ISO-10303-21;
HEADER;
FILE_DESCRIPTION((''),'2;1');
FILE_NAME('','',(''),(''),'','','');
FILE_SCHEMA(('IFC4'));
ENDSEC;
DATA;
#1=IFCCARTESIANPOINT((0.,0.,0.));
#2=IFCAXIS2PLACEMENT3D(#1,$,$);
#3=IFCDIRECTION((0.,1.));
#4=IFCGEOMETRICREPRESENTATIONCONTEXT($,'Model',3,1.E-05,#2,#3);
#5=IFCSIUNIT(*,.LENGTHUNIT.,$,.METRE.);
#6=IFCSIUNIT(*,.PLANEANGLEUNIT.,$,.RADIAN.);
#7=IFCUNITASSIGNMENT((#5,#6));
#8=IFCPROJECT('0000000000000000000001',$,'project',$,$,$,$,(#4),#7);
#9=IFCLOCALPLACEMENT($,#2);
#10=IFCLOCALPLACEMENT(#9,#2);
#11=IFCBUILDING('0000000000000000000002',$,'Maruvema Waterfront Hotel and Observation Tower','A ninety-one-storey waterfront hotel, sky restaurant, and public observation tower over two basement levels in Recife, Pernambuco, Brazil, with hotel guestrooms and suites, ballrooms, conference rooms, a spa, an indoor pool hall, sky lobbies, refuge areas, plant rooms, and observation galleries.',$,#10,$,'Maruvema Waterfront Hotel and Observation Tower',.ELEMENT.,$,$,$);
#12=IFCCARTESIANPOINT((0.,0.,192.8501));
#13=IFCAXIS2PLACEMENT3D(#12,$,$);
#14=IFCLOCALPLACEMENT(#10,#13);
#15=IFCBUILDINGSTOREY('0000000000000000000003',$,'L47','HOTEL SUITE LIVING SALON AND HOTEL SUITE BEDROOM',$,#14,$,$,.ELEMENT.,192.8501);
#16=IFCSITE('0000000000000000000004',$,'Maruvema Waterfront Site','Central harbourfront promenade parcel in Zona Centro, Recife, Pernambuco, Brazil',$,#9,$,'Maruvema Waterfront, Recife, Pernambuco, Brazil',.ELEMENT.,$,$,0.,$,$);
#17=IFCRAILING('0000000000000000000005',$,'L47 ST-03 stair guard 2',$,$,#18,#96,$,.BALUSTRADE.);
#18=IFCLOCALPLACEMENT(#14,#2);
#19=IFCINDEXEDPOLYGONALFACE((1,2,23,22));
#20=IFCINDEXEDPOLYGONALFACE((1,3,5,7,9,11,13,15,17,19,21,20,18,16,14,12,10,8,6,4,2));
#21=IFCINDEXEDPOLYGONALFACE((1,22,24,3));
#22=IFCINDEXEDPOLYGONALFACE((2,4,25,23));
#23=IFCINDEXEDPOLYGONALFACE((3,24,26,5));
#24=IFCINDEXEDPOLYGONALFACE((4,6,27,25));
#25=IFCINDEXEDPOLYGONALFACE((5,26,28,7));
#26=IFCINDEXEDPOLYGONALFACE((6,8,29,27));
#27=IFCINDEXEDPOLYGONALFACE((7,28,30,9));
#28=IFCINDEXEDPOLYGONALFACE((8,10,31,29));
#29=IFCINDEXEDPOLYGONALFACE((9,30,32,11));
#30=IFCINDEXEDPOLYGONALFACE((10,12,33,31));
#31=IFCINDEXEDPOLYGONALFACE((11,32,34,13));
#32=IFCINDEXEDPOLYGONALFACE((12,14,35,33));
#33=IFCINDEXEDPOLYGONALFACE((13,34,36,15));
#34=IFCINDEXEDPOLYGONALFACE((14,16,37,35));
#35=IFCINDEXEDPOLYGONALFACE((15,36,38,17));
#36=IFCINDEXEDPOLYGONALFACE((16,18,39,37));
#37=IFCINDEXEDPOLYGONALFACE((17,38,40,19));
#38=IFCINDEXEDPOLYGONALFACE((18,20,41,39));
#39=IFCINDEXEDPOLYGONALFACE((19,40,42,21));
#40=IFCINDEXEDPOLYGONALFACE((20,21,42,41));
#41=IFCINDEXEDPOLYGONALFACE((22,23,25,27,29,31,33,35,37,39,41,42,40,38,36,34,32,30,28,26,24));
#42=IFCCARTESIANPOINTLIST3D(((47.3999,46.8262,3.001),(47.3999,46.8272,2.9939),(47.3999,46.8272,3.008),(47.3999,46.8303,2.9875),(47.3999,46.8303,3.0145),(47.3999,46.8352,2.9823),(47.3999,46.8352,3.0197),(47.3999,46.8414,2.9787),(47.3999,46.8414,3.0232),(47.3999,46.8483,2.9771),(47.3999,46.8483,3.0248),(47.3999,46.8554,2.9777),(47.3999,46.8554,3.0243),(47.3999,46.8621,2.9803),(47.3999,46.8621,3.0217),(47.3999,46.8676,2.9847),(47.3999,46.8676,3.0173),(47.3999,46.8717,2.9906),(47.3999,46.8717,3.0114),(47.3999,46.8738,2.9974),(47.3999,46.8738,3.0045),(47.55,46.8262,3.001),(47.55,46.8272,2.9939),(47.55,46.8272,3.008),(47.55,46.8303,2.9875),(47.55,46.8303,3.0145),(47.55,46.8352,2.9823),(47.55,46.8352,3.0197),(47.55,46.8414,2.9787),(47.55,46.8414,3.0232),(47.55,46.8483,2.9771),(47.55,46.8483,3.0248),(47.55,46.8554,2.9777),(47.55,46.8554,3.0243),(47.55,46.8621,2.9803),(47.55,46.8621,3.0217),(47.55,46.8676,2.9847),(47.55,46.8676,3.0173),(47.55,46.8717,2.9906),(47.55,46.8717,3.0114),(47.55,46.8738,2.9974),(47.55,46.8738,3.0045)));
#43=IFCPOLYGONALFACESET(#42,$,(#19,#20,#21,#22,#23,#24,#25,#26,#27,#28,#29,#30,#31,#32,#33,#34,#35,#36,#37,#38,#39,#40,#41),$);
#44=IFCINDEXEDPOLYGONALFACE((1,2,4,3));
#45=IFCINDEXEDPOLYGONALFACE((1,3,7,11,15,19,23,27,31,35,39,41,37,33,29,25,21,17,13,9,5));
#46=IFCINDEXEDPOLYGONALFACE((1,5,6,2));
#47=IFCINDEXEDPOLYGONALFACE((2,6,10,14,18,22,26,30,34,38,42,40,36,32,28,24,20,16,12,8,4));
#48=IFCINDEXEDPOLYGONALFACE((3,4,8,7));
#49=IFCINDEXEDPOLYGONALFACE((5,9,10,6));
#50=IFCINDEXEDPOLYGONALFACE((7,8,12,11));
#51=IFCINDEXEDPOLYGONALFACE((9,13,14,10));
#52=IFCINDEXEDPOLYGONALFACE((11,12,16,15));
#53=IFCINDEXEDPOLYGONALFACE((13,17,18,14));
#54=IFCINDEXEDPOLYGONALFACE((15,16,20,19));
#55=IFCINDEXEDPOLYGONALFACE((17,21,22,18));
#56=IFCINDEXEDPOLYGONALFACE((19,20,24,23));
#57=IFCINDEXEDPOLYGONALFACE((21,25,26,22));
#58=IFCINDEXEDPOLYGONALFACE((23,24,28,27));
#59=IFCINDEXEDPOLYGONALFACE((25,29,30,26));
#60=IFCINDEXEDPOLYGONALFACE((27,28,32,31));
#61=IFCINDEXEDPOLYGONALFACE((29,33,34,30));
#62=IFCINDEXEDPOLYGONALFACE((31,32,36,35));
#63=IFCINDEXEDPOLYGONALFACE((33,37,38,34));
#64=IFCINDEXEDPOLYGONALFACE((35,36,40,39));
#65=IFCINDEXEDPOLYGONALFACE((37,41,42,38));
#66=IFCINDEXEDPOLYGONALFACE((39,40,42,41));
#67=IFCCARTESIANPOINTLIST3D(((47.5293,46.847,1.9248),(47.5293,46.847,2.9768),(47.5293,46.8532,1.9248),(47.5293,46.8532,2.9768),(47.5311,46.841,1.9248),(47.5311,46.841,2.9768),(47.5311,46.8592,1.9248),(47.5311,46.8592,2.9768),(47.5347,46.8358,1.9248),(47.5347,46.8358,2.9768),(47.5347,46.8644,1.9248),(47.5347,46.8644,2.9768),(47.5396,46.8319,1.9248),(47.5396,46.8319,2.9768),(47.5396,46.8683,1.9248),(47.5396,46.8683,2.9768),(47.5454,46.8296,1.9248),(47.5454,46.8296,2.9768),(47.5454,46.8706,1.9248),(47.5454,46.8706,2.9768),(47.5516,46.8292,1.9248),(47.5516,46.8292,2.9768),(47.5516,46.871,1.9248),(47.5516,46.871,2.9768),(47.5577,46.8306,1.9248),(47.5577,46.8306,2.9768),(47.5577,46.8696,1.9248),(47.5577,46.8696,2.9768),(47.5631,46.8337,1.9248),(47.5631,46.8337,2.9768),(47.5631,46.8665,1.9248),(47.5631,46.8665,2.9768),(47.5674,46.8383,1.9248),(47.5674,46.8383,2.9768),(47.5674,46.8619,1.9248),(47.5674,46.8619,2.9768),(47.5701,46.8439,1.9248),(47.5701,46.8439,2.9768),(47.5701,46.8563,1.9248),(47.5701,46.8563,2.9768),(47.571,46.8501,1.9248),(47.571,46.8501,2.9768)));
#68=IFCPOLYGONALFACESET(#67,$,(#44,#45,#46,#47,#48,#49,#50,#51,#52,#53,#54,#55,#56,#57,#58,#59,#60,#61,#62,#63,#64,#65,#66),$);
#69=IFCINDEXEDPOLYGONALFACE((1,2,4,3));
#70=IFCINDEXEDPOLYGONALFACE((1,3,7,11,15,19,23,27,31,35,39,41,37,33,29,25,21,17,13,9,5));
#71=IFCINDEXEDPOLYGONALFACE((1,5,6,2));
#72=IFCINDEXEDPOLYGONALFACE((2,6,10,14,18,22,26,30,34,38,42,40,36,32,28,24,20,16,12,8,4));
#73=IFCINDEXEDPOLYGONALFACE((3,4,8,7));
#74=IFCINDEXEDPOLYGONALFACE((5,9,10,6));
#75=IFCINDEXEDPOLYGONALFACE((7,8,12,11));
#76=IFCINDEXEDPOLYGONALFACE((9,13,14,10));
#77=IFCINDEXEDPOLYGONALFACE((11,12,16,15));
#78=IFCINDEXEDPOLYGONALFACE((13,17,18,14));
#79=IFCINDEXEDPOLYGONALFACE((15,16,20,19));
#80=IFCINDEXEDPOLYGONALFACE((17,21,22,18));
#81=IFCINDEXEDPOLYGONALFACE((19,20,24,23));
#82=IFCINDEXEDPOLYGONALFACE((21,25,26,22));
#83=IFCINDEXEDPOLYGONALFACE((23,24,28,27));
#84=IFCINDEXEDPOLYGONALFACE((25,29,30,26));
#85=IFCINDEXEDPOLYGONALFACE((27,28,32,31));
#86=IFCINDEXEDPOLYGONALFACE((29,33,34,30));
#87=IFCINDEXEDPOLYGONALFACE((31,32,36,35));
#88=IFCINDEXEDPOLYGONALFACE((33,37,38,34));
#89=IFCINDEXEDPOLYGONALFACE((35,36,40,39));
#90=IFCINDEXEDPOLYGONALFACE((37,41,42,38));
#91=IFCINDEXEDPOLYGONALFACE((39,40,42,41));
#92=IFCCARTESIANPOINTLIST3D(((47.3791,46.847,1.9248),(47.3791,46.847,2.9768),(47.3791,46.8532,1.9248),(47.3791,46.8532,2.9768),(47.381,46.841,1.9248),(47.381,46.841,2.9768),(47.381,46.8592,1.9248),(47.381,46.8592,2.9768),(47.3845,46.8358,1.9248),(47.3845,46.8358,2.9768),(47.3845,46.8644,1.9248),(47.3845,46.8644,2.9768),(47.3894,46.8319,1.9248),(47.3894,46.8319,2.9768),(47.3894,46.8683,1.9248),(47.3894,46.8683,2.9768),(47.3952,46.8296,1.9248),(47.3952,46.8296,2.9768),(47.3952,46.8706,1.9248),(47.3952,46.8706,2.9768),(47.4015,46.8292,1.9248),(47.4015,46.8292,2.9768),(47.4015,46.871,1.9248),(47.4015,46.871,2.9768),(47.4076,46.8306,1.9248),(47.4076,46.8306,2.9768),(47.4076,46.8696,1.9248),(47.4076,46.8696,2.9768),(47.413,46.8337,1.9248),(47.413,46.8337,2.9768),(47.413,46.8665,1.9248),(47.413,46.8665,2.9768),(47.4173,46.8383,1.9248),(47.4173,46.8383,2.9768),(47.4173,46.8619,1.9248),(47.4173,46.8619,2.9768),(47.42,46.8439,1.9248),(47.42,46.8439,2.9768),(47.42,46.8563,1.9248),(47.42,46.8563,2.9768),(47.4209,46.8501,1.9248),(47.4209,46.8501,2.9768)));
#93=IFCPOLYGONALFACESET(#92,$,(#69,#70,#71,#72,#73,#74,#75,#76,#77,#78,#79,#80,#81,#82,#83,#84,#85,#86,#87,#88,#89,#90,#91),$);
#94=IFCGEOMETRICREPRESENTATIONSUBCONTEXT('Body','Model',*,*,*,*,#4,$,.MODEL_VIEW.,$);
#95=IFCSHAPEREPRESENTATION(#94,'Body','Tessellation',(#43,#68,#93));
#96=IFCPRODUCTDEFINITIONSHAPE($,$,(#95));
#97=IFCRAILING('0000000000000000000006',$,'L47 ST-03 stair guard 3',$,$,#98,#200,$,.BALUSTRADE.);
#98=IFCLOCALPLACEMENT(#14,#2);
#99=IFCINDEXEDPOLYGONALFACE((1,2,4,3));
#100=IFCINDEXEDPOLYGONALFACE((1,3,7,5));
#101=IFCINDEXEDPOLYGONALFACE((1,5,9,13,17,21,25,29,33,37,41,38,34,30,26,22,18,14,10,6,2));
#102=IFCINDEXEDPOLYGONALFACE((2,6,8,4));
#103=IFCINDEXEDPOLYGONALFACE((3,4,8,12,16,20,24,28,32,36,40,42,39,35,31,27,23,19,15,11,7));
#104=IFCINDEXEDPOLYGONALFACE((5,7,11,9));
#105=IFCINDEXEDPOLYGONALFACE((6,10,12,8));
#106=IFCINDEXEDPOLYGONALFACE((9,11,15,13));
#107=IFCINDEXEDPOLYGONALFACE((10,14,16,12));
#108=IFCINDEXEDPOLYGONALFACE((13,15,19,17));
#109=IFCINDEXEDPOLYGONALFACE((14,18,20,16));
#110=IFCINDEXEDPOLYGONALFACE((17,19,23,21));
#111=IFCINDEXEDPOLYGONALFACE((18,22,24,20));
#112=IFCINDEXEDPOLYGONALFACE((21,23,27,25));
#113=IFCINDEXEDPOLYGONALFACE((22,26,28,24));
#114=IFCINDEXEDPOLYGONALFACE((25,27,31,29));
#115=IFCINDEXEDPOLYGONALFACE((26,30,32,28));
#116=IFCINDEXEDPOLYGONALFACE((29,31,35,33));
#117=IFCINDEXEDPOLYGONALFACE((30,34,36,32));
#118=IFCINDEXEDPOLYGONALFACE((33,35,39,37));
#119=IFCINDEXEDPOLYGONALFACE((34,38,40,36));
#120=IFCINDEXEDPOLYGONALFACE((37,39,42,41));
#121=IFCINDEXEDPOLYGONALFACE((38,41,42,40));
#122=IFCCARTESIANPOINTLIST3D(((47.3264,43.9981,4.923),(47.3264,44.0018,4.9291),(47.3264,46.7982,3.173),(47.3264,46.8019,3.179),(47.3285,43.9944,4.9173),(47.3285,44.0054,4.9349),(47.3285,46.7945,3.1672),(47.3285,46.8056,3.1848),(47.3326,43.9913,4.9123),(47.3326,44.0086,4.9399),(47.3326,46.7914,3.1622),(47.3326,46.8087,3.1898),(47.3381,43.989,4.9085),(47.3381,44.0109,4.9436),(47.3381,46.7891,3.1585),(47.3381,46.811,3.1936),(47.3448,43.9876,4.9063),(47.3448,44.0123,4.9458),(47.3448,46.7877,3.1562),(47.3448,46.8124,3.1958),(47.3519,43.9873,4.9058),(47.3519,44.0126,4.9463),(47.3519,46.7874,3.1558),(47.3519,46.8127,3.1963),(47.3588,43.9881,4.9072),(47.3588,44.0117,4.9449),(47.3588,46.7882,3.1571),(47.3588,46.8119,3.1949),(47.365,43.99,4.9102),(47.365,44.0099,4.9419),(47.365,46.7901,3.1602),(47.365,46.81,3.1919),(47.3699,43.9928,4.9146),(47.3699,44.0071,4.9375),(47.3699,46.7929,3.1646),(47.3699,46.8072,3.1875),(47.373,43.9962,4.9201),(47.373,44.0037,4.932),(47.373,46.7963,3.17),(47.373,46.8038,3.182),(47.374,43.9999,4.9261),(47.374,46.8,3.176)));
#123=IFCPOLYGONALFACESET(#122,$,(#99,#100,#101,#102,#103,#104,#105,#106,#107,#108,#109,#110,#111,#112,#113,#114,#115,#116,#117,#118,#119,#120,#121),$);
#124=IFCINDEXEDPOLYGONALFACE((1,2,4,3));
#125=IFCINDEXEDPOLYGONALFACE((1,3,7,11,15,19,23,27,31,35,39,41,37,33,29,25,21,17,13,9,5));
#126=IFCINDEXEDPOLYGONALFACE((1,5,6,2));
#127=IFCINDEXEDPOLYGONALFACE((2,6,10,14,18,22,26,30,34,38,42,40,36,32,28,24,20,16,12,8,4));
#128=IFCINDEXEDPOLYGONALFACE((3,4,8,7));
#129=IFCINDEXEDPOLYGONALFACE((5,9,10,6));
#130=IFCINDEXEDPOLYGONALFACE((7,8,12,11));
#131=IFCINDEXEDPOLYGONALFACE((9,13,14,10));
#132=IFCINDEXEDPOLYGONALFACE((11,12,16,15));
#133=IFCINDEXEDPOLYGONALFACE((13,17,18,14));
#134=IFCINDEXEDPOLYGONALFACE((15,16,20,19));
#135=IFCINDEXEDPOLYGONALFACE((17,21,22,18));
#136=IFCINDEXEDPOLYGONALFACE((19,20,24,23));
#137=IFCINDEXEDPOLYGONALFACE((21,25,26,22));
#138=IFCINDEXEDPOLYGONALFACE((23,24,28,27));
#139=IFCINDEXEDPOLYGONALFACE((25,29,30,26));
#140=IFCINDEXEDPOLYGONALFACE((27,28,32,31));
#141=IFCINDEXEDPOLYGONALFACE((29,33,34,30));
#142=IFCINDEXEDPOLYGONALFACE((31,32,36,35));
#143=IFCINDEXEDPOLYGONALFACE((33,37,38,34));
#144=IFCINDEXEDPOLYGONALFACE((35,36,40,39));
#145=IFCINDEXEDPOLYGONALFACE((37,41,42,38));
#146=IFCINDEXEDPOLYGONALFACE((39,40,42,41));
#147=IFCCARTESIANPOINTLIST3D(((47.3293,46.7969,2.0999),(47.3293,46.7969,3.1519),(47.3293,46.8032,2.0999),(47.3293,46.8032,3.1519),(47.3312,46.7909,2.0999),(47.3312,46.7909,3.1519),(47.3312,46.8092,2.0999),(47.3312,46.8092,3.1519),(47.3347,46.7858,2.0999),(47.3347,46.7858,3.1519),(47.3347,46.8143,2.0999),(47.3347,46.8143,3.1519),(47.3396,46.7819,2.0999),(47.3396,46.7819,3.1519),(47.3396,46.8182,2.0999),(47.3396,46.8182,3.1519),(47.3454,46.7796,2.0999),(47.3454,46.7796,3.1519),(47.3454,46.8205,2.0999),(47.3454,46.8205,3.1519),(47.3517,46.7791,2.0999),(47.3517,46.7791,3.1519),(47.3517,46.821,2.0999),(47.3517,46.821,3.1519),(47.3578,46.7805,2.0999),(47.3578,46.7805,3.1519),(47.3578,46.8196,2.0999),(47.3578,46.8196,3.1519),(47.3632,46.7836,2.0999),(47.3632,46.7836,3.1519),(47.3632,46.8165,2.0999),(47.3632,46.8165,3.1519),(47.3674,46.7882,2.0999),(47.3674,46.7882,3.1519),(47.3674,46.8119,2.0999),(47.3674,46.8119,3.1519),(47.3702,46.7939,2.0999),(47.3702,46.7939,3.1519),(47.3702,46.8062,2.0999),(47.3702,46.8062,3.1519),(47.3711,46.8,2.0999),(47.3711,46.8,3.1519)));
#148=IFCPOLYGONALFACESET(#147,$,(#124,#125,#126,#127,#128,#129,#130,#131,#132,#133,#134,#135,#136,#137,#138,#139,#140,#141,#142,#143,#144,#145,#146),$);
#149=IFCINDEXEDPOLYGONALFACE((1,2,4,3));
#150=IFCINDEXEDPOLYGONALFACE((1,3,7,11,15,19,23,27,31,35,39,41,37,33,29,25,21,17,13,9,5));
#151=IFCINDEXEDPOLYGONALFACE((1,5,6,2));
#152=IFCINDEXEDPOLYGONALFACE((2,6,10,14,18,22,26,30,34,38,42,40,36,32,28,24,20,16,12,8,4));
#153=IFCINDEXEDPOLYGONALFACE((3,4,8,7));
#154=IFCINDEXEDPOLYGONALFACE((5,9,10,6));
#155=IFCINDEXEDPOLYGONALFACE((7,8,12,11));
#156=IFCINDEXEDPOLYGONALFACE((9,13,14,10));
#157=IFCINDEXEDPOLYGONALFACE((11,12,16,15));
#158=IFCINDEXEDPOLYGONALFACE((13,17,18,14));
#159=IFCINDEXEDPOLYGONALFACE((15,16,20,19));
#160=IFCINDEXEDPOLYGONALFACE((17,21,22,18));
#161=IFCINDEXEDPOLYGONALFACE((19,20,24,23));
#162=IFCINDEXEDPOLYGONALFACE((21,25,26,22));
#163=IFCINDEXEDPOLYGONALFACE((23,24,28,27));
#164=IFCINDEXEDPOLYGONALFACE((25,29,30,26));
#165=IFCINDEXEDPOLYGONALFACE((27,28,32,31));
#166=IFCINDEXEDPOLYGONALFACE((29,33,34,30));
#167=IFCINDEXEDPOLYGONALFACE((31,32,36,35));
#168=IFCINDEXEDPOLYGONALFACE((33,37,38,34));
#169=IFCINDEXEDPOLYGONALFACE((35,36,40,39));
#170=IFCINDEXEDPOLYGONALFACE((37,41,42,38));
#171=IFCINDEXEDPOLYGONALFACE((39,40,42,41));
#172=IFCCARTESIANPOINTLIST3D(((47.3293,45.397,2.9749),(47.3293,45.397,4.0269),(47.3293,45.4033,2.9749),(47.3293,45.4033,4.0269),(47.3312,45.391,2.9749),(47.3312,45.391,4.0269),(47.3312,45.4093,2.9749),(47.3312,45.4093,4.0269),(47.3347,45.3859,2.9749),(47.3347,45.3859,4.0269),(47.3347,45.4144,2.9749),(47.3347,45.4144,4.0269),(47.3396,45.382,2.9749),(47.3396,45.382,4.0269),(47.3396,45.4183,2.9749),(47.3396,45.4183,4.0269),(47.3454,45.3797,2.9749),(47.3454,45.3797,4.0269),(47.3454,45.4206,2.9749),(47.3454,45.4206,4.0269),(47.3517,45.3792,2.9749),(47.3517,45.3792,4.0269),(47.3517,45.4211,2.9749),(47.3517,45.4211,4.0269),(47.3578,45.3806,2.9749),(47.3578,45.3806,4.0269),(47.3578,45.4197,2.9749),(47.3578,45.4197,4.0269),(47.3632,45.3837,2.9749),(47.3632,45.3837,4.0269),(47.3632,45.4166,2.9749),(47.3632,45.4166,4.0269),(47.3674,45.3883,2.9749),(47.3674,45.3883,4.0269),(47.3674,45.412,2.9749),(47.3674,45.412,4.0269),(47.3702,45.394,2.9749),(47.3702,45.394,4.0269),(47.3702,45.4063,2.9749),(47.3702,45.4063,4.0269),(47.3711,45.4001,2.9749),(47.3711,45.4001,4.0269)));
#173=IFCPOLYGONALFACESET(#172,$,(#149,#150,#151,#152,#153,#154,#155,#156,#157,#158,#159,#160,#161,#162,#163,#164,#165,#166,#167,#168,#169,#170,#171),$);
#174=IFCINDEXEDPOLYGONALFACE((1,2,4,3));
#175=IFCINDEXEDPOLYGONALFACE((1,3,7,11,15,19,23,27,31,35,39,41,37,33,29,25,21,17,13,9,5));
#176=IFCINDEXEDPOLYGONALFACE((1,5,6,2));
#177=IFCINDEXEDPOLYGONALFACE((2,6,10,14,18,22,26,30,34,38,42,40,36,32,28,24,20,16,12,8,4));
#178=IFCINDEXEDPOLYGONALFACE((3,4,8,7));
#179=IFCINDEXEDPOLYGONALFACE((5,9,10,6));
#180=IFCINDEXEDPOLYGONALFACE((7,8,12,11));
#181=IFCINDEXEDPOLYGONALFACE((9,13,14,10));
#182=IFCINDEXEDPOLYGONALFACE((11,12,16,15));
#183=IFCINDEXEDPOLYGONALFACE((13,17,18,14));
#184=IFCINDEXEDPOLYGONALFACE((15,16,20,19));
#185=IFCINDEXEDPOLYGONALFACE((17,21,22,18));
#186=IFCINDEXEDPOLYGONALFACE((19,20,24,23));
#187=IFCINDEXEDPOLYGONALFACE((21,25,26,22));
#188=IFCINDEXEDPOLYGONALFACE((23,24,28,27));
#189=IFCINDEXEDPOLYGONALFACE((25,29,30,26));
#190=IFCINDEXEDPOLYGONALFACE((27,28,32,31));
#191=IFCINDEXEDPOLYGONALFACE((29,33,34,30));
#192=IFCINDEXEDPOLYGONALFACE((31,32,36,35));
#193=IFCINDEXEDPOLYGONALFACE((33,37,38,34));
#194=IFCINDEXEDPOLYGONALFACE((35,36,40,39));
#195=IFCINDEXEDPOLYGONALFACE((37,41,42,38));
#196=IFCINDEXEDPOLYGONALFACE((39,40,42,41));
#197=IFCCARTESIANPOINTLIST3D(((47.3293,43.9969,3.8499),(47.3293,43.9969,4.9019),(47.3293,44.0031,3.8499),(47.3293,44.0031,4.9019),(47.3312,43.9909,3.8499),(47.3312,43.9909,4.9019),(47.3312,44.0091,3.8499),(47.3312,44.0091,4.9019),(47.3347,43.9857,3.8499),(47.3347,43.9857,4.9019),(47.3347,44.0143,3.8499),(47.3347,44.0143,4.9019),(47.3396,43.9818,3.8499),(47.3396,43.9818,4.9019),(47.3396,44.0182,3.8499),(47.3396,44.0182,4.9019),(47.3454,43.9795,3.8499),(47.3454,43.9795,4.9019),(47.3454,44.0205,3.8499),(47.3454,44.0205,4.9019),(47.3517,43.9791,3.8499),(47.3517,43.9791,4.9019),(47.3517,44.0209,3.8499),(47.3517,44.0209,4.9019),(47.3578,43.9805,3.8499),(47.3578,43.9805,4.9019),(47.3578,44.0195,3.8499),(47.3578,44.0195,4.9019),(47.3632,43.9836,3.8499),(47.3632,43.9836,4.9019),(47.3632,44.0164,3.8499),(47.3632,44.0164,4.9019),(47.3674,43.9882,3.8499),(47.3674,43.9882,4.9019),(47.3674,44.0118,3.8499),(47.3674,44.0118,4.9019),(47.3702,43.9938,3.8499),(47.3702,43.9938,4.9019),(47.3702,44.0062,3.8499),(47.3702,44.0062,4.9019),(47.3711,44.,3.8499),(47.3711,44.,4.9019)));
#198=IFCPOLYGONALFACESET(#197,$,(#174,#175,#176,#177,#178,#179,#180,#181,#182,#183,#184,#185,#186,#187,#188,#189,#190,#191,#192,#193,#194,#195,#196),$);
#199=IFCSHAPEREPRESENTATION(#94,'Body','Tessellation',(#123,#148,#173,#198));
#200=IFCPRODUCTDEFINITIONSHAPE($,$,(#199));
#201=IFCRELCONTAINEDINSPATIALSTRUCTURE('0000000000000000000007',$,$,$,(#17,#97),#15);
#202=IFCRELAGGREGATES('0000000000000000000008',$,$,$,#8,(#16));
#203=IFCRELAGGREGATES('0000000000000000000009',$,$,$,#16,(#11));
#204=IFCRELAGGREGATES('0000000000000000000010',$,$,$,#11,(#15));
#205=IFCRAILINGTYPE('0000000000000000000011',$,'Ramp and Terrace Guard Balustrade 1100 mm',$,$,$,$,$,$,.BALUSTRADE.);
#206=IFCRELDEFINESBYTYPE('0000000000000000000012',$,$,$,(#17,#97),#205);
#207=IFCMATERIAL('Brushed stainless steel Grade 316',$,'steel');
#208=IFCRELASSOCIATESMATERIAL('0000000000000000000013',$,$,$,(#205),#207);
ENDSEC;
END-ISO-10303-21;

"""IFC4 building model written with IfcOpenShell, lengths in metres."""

from ifc_helpers import new_model, si_unit, direction, frame, origin, origin_2d, place, context, subcontext, project, spatial, circle, extrude, material, type_object, element, save


model = new_model("IFC4")

# Units and contexts
model_context = context("Model", 3, precision=1e-05, world=origin(), true_north=direction((0.0, 1.0)))
body_context = subcontext(model_context, "Body", "Model", "MODEL_VIEW")
ifc_project = project(units=[si_unit("LENGTHUNIT", "METRE"), si_unit("PLANEANGLEUNIT", "RADIAN")], contexts=[model_context])

# Site, building, storey
site_placement = place(None, origin())
site = spatial("IfcSite", under=ifc_project, at=site_placement, Name="Maruvema Waterfront Site", Description="Central harbourfront promenade parcel in Zona Centro, Recife, Pernambuco, Brazil", LongName="Maruvema Waterfront, Recife, Pernambuco, Brazil", CompositionType="ELEMENT", RefElevation=0.0)
building_placement = place(site_placement, origin())
building = spatial("IfcBuilding", under=site, at=building_placement, Name="Maruvema Waterfront Hotel and Observation Tower", Description="A ninety-one-storey waterfront hotel, sky restaurant, and public observation tower over two basement levels in Recife, Pernambuco, Brazil, with hotel guestrooms and suites, ballrooms, conference rooms, a spa, an indoor pool hall, sky lobbies, refuge areas, plant rooms, and observation galleries.", LongName="Maruvema Waterfront Hotel and Observation Tower", CompositionType="ELEMENT")
storey_placement = place(building_placement, frame((0.0, 0.0, 192.8501)))
storey = spatial("IfcBuildingStorey", under=building, at=storey_placement, Name="L47", Description="HOTEL SUITE LIVING SALON AND HOTEL SUITE BEDROOM", CompositionType="ELEMENT", Elevation=192.8501)

# Railings
ifc_material_1 = material(Name="Brushed stainless steel Grade 316", Category="steel")
railing_type_1 = type_object("IfcRailingType", Name="Ramp and Terrace Guard Balustrade 1100 mm", PredefinedType="BALUSTRADE", material=ifc_material_1)
railing_1_placement = place(storey_placement, frame((47.55, 46.8501, 1.9248)))
element("IfcRailing", 1, at=railing_1_placement, inside=storey, type_object=railing_type_1, Name="L47 ST-03 stair guard 2", PredefinedType="BALUSTRADE", context=body_context, shape_type="SweptSolid", body=[
    extrude(circle(Radius=0.0239, at=origin_2d()), frame((0.0, 0.0, 1.0762), z_axis=(-1.0, 0.0, 0.0), x_axis=(0.0, -1.0, 0.0)), (0.0, 0.0, 1.0), 0.1501),
    extrude(circle(Radius=0.021, at=origin_2d()), origin(), (0.0, 0.0, 1.0), 1.052),
    extrude(circle(Radius=0.021, at=origin_2d()), frame((-0.1501, 0.0, 0.0)), (0.0, 0.0, 1.0), 1.052),
])
railing_2_placement = place(storey_placement, frame((47.3501, 46.8, 2.0999)))
element("IfcRailing", 2, at=railing_2_placement, inside=storey, type_object=railing_type_1, Name="L47 ST-03 stair guard 3", PredefinedType="BALUSTRADE", context=body_context, shape_type="SweptSolid", body=[
    extrude(circle(Radius=0.0239, at=origin_2d()), frame((0.0, 0.0, 1.0762), z_axis=(0.0, -0.848002, 0.529992), x_axis=(1.0, 0.0, 0.0)), (0.0, 0.0, 1.0), 3.302),
    extrude(circle(Radius=0.021, at=origin_2d()), origin(), (0.0, 0.0, 1.0), 1.052),
    extrude(circle(Radius=0.021, at=origin_2d()), frame((0.0, -1.3999, 0.875)), (0.0, 0.0, 1.0), 1.052),
    extrude(circle(Radius=0.021, at=origin_2d()), frame((0.0, -2.8, 1.75)), (0.0, 0.0, 1.0), 1.052),
])

save(model, "model.ifc")
